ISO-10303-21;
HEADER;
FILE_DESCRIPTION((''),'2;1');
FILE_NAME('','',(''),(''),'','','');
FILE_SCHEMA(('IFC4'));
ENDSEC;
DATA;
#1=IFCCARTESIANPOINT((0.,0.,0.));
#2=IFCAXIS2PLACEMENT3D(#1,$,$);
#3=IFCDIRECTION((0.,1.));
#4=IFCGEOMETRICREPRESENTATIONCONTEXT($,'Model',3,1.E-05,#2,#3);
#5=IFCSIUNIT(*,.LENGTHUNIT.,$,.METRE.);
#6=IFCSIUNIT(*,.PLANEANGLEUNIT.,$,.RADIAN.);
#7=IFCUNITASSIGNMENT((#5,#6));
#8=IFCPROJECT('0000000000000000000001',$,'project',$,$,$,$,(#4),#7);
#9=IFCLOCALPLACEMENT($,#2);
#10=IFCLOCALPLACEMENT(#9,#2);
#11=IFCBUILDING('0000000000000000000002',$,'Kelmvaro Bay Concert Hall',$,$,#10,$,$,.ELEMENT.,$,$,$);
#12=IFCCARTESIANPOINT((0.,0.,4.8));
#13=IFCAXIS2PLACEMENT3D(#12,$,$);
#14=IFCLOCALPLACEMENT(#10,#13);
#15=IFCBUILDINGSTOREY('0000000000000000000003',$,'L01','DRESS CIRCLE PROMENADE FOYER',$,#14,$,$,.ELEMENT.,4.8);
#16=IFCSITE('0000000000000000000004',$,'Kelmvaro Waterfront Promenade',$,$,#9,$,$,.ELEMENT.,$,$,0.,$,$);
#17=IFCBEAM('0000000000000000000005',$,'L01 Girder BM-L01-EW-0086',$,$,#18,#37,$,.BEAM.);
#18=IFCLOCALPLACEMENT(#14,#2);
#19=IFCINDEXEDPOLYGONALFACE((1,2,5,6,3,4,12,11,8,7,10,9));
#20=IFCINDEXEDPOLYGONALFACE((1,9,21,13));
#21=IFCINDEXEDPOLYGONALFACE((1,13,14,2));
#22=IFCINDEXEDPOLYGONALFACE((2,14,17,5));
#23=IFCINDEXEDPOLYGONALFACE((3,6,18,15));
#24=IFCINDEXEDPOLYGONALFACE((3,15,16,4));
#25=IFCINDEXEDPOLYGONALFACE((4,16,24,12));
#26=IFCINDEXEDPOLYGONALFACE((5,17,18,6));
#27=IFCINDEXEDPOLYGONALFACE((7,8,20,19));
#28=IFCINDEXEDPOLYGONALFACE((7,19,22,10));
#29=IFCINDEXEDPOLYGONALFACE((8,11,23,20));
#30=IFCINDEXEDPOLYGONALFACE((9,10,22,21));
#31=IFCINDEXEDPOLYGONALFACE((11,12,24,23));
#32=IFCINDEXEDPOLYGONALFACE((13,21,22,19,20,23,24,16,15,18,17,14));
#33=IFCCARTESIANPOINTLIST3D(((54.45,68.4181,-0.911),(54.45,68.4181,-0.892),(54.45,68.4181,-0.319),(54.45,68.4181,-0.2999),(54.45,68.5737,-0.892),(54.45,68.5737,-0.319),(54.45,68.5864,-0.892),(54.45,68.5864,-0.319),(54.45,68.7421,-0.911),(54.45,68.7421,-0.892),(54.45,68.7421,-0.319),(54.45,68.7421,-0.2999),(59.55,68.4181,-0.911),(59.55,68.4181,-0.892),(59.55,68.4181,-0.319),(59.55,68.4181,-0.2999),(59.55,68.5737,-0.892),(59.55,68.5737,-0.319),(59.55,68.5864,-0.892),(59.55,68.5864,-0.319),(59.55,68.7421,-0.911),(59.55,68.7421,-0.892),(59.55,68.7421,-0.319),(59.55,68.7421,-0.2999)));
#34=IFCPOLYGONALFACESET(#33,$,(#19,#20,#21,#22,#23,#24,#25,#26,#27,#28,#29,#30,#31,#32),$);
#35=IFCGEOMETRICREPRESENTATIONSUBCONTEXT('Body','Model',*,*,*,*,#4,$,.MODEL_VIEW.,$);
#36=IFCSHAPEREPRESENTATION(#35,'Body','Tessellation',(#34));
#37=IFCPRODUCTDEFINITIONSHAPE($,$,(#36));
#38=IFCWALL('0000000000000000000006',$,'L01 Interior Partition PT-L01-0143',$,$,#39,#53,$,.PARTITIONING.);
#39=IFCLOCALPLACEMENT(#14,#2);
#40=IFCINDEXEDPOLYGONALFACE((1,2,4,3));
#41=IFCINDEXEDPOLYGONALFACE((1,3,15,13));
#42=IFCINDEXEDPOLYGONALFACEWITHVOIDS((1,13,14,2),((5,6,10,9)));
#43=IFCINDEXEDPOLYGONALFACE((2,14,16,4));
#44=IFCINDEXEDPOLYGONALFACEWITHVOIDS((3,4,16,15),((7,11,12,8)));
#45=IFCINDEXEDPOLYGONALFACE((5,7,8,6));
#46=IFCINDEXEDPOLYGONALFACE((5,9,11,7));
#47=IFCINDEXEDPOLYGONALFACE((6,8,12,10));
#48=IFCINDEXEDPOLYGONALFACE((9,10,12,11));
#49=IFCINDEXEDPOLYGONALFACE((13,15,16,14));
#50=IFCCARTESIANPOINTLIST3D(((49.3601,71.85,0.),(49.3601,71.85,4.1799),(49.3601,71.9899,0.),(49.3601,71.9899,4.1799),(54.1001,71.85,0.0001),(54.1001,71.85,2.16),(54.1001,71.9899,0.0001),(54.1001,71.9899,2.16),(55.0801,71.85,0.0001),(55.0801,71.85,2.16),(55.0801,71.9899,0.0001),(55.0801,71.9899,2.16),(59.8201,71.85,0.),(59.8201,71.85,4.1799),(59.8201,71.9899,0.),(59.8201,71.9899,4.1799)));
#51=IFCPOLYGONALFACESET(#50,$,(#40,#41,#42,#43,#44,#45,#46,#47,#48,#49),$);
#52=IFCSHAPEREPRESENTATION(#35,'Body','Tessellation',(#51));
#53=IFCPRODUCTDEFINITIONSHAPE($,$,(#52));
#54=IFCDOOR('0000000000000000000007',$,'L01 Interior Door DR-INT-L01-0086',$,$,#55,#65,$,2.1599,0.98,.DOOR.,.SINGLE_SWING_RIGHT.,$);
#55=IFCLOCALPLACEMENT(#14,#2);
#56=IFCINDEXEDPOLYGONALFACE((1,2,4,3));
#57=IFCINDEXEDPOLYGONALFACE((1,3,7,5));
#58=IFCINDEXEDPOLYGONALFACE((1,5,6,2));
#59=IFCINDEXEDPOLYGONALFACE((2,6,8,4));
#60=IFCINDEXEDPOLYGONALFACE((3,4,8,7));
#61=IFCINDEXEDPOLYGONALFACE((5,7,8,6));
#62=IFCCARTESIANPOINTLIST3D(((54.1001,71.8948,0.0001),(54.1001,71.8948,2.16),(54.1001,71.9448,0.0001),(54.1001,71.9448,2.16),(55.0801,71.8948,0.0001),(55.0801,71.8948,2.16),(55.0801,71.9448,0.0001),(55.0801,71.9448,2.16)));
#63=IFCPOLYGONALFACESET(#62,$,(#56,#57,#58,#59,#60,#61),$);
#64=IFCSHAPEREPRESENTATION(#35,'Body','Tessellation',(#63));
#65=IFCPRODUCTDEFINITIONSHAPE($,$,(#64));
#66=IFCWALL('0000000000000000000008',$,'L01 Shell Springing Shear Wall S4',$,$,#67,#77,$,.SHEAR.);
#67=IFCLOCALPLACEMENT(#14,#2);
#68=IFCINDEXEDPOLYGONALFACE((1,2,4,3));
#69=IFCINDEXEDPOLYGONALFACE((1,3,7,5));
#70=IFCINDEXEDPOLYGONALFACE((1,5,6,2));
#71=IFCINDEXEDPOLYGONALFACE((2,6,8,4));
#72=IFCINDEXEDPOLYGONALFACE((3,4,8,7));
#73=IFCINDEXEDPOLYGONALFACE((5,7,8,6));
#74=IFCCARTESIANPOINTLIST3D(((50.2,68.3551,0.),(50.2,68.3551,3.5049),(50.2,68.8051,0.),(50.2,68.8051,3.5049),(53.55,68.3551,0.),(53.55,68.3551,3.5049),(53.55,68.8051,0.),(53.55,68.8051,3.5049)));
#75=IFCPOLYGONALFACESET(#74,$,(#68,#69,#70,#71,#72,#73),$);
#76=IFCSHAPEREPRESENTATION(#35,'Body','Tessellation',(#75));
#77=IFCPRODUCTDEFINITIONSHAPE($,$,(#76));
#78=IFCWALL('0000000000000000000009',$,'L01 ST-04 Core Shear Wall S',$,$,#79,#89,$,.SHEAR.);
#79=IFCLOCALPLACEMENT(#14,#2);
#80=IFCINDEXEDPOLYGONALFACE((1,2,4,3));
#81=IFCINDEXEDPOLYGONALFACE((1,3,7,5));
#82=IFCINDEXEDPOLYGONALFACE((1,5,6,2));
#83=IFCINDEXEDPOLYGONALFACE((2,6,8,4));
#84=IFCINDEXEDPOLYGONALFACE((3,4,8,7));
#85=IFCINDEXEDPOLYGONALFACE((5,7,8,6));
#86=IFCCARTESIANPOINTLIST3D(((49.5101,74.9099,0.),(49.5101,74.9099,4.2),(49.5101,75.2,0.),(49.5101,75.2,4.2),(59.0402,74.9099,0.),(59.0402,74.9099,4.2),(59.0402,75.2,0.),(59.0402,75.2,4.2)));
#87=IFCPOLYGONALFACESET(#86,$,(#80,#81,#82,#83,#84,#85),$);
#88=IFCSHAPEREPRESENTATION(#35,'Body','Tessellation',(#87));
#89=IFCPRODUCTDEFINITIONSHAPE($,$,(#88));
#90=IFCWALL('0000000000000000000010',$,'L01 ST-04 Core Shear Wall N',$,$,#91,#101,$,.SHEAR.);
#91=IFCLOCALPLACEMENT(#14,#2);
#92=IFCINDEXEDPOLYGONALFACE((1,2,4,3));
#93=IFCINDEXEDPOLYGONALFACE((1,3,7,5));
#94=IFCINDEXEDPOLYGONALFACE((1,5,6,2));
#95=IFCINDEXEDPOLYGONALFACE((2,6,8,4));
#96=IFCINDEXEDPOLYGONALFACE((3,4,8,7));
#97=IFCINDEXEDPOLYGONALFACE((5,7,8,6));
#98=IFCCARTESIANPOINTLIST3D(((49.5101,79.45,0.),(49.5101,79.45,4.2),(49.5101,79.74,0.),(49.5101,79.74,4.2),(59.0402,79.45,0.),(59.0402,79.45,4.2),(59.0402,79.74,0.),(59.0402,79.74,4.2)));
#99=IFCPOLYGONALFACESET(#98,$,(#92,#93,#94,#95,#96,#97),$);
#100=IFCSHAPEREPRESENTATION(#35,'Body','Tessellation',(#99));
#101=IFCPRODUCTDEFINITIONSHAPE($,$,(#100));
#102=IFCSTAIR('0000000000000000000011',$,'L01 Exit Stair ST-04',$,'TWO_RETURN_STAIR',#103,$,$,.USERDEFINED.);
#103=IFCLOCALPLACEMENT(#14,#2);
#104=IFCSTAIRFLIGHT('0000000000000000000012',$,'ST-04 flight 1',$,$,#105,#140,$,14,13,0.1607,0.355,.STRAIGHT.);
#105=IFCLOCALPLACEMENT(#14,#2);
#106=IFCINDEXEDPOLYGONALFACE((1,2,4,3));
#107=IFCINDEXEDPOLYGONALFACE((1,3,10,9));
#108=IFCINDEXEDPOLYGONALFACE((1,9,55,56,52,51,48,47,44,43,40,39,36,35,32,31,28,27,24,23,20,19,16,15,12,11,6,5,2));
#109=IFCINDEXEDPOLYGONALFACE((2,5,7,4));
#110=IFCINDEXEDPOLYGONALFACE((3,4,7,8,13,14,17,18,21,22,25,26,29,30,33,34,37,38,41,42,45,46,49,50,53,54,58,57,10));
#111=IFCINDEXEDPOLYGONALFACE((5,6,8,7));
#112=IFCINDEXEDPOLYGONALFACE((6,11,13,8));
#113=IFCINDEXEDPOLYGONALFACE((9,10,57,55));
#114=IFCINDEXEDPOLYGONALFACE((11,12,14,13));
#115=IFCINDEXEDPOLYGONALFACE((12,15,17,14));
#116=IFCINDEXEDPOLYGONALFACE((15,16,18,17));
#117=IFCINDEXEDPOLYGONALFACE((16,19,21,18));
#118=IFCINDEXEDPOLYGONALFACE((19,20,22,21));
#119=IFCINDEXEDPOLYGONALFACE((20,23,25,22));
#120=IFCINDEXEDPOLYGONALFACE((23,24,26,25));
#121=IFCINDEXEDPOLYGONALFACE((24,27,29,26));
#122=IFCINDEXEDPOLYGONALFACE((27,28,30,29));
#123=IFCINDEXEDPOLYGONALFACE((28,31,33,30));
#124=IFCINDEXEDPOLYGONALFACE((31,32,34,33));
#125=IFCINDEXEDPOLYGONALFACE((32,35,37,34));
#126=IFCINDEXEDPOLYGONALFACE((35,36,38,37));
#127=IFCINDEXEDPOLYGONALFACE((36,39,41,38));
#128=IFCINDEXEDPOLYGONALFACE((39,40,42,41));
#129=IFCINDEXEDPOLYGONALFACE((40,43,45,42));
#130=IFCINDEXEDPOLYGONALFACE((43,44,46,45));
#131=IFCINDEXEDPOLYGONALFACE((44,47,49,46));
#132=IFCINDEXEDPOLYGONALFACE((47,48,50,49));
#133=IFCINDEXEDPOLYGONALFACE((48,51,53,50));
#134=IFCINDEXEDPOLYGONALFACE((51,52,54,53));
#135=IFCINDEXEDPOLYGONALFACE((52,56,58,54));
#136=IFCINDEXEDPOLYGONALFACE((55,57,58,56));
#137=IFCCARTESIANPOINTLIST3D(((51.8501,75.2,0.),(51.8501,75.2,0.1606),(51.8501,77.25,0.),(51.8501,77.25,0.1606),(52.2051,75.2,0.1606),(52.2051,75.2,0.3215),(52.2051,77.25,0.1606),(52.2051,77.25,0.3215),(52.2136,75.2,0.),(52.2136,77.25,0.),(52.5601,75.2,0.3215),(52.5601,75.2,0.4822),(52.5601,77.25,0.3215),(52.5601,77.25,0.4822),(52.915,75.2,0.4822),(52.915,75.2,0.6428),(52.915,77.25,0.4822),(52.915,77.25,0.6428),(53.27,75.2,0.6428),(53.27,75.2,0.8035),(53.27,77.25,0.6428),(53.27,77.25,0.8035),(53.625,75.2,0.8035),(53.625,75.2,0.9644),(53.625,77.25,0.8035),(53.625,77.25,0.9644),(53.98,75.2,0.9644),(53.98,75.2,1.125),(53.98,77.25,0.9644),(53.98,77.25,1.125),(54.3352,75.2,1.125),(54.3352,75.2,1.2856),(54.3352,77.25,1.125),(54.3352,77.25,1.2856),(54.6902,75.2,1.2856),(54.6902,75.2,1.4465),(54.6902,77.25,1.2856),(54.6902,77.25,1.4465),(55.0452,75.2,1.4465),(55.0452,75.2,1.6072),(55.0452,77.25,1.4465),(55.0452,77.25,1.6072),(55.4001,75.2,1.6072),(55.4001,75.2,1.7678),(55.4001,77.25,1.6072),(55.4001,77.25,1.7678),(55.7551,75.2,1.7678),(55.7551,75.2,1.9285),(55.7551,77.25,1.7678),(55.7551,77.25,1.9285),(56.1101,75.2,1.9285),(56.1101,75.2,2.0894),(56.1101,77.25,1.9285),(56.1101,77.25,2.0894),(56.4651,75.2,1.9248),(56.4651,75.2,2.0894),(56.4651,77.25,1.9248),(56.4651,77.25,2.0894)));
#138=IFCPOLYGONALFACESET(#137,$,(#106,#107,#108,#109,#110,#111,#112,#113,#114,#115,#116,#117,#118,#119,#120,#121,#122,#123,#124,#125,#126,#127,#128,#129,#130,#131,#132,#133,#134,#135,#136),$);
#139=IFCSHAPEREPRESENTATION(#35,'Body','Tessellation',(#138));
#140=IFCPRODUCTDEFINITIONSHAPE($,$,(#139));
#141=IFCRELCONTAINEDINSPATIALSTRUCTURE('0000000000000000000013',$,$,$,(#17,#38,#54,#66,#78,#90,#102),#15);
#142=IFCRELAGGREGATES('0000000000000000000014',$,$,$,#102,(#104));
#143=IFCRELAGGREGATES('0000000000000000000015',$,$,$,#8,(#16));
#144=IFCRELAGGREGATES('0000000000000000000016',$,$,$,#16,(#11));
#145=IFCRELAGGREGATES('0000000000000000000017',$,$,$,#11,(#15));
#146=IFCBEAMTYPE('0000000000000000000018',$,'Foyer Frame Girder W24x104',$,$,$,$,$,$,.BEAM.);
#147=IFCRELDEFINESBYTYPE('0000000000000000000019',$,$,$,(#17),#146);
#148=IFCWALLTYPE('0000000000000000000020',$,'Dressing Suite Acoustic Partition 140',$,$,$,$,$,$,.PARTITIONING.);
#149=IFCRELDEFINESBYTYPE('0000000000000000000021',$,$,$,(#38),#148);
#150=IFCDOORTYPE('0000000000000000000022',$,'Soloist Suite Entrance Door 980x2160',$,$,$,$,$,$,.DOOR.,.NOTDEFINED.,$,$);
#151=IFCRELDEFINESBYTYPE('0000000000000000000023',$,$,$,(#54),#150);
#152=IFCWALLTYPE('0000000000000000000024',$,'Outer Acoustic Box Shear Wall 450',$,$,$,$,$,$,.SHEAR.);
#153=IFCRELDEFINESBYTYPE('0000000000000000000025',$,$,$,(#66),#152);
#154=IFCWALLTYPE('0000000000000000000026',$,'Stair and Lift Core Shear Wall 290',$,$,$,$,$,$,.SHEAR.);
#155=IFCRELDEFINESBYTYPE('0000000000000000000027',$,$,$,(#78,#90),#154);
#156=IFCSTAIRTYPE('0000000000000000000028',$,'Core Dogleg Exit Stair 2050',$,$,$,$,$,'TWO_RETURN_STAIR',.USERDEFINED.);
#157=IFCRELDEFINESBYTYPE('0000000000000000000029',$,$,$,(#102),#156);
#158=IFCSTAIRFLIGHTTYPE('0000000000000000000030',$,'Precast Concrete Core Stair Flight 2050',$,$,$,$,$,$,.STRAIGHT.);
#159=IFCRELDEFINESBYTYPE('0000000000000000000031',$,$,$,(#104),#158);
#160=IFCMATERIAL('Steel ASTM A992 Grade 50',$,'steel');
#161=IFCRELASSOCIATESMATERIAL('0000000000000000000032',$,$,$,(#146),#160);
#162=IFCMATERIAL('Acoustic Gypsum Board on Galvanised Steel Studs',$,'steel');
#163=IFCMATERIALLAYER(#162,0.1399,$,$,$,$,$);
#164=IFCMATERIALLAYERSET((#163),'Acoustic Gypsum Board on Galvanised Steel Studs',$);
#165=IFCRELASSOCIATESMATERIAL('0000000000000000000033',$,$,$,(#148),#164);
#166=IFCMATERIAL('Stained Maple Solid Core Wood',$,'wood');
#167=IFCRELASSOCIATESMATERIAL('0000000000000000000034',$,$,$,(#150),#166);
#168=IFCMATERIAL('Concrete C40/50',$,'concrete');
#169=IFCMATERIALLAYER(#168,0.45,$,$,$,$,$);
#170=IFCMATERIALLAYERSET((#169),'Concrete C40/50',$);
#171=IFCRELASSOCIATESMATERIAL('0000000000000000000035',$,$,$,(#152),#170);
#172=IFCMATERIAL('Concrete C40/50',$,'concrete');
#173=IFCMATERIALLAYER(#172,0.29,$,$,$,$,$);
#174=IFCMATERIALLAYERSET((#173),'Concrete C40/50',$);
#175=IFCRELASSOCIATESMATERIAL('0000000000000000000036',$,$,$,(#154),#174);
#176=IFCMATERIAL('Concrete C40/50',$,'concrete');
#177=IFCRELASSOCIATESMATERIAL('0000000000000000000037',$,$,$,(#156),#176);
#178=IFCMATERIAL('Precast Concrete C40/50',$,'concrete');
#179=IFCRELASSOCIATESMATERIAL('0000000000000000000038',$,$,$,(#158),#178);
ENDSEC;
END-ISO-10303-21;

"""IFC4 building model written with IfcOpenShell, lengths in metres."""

from ifc_helpers import new_model, si_unit, direction, frame, frame_2d, origin, origin_2d, place, context, subcontext, project, spatial, polyline, rectangle, i_section, outline, extrude, material, layer, layer_set, material_profile, profile_set, type_object, element, fill, aggregate, save


model = new_model("IFC4")

# Units and contexts
model_context = context("Model", 3, precision=1e-05, world=origin(), true_north=direction((0.0, 1.0)))
body_context = subcontext(model_context, "Body", "Model", "MODEL_VIEW")
ifc_project = project(units=[si_unit("LENGTHUNIT", "METRE"), si_unit("PLANEANGLEUNIT", "RADIAN")], contexts=[model_context])

# Site, building, storey
site_placement = place(None, origin())
site = spatial("IfcSite", under=ifc_project, at=site_placement, Name="Kelmvaro Waterfront Promenade", CompositionType="ELEMENT", RefElevation=0.0)
building_placement = place(site_placement, origin())
building = spatial("IfcBuilding", under=site, at=building_placement, Name="Kelmvaro Bay Concert Hall", CompositionType="ELEMENT")
storey_placement = place(building_placement, frame((0.0, 0.0, 4.8)))
storey = spatial("IfcBuildingStorey", under=building, at=storey_placement, Name="L01", Description="DRESS CIRCLE PROMENADE FOYER", CompositionType="ELEMENT", Elevation=4.8)

# Beam
ifc_material_1 = material(Name="Steel ASTM A992 Grade 50", Category="steel")
ifc_material_profile_1 = material_profile(ifc_material_1, i_section(OverallWidth=0.324, OverallDepth=0.6111, WebThickness=0.0127, FlangeThickness=0.019, at=origin_2d()), Name="W24X104")
ifc_profile_set_1 = profile_set([ifc_material_profile_1], Name="Steel ASTM A992 Grade 50")
beam_type_1 = type_object("IfcBeamType", Name="Foyer Frame Girder W24x104", PredefinedType="BEAM", material=ifc_profile_set_1)
beam_placement = place(storey_placement, frame((54.45, 68.5801, -0.6055), z_axis=(1.0, 0.0, 0.0), x_axis=(0.0, 1.0, 0.0)))
element("IfcBeam", 1, at=beam_placement, inside=storey, type_object=beam_type_1, Name="L01 Girder BM-L01-EW-0086", PredefinedType="BEAM", context=body_context, shape_type="SweptSolid", body=[
    extrude(i_section(OverallWidth=0.324, OverallDepth=0.6111, WebThickness=0.0127, FlangeThickness=0.019, at=origin_2d()), origin(), (0.0, 0.0, 1.0), 5.1001),
])

# Wall, opening, door
ifc_material_2 = material(Name="Acoustic Gypsum Board on Galvanised Steel Studs", Category="steel")
ifc_layer_1 = layer(ifc_material_2, 0.1399)
ifc_layer_set_1 = layer_set([ifc_layer_1], Name="Acoustic Gypsum Board on Galvanised Steel Studs")
wall_type_1 = type_object("IfcWallType", Name="Dressing Suite Acoustic Partition 140", PredefinedType="PARTITIONING", material=ifc_layer_set_1)
wall_1_placement = place(storey_placement, frame((49.3601, 71.9199, 0.0), z_axis=(0.0, 0.0, 1.0), x_axis=(1.0, 0.0, 0.0)))
wall_1 = element("IfcWall", 2, at=wall_1_placement, inside=storey, type_object=wall_type_1, Name="L01 Interior Partition PT-L01-0143", PredefinedType="PARTITIONING", context=body_context, shape_type="SweptSolid", body=[
    extrude(rectangle(XDim=10.46, YDim=0.1399, at=frame_2d((5.23, 0.0))), origin(), (0.0, 0.0, 1.0), 4.1799),
])
opening_1_placement = place(wall_1_placement, frame((4.74, 0.0, 0.0)))
opening_1 = element("IfcOpeningElement", 3, at=opening_1_placement, cuts=wall_1, PredefinedType="OPENING", context=body_context, shape_type="SweptSolid", body=[
    extrude(rectangle(XDim=0.98, YDim=2.1599, at=frame_2d((0.49, 1.0801))), frame((0.0, 0.0798, 0.0), z_axis=(0.0, -1.0, 0.0), x_axis=(1.0, 0.0, 0.0)), (0.0, 0.0, 1.0), 0.1599),
])
ifc_material_3 = material(Name="Stained Maple Solid Core Wood", Category="wood")
door_type_1 = type_object("IfcDoorType", Name="Soloist Suite Entrance Door 980x2160", OperationType="NOTDEFINED", PredefinedType="DOOR", material=ifc_material_3)
door_1_placement = place(opening_1_placement, origin())
door_1 = element("IfcDoor", 4, at=door_1_placement, inside=storey, type_object=door_type_1, Name="L01 Interior Door DR-INT-L01-0086", OperationType="SINGLE_SWING_RIGHT", OverallHeight=2.1599, OverallWidth=0.98, PredefinedType="DOOR", context=body_context, shape_type="SweptSolid", body=[
    extrude(rectangle(XDim=0.98, YDim=2.1599, at=frame_2d((0.49, 1.0801))), frame((0.0, 0.0249, 0.0), z_axis=(0.0, -1.0, 0.0), x_axis=(1.0, 0.0, 0.0)), (0.0, 0.0, 1.0), 0.05),
])
fill(opening_1, door_1)

# Walls
ifc_material_4 = material(Name="Concrete C40/50", Category="concrete")
ifc_layer_2 = layer(ifc_material_4, 0.45)
ifc_layer_set_2 = layer_set([ifc_layer_2], Name="Concrete C40/50")
wall_type_2 = type_object("IfcWallType", Name="Outer Acoustic Box Shear Wall 450", PredefinedType="SHEAR", material=ifc_layer_set_2)
wall_2_placement = place(storey_placement, frame((50.2, 68.5801, 0.0), z_axis=(0.0, 0.0, 1.0), x_axis=(1.0, 0.0, 0.0)))
element("IfcWall", 5, at=wall_2_placement, inside=storey, type_object=wall_type_2, Name="L01 Shell Springing Shear Wall S4", PredefinedType="SHEAR", context=body_context, shape_type="SweptSolid", body=[
    extrude(rectangle(XDim=3.3501, YDim=0.45, at=frame_2d((1.675, 0.0))), origin(), (0.0, 0.0, 1.0), 3.5049),
])
ifc_material_5 = material(Name="Concrete C40/50", Category="concrete")
ifc_layer_3 = layer(ifc_material_5, 0.29)
ifc_layer_set_3 = layer_set([ifc_layer_3], Name="Concrete C40/50")
wall_type_3 = type_object("IfcWallType", Name="Stair and Lift Core Shear Wall 290", PredefinedType="SHEAR", material=ifc_layer_set_3)
for number, where, z_axis, x_axis, name in (
    (6, (49.51, 75.0549, 0.0), (0.0, 0.0, 1.0), (1.0, 0.0, 0.0), "L01 ST-04 Core Shear Wall S"),
    (7, (49.51, 79.595, 0.0), (0.0, 0.0, 1.0), (1.0, 0.0, 0.0), "L01 ST-04 Core Shear Wall N"),
):
    element("IfcWall", number, at=place(storey_placement, frame(where, z_axis=z_axis, x_axis=x_axis)), inside=storey, type_object=wall_type_3, Name=name, PredefinedType="SHEAR", context=body_context, shape_type="SweptSolid", body=[
        extrude(rectangle(XDim=9.53, YDim=0.29, at=frame_2d((4.7651, 0.0))), origin(), (0.0, 0.0, 1.0), 4.2),
    ])

# Stair, stair flight
ifc_material_6 = material(Name="Concrete C40/50", Category="concrete")
stair_type = type_object("IfcStairType", Name="Core Dogleg Exit Stair 2050", ElementType="TWO_RETURN_STAIR", PredefinedType="USERDEFINED", material=ifc_material_6)
stair_placement = place(storey_placement, origin())
stair = element("IfcStair", 8, at=stair_placement, inside=storey, type_object=stair_type, Name="L01 Exit Stair ST-04", ObjectType="TWO_RETURN_STAIR", PredefinedType="USERDEFINED")
ifc_material_7 = material(Name="Precast Concrete C40/50", Category="concrete")
stair_flight_type = type_object("IfcStairFlightType", Name="Precast Concrete Core Stair Flight 2050", PredefinedType="STRAIGHT", material=ifc_material_7)
stair_flight_placement = place(storey_placement, frame((51.8501, 76.2251, 0.0), z_axis=(0.0, 0.0, 1.0), x_axis=(1.0, 0.0, 0.0)))
stair_flight = element("IfcStairFlight", 9, at=stair_flight_placement, type_object=stair_flight_type, Name="ST-04 flight 1", NumberOfRisers=14, NumberOfTreads=13, PredefinedType="STRAIGHT", RiserHeight=0.1607, TreadLength=0.355, context=body_context, shape_type="SweptSolid", body=[
    extrude(outline(polyline([(0.0, 0.0), (0.0, 0.1606), (0.355, 0.1606), (0.355, 0.3215), (0.71, 0.3215), (0.71, 0.4822), (1.0649, 0.4822), (1.0649, 0.6428), (1.4199, 0.6428), (1.4199, 0.8035), (1.7749, 0.8035), (1.7749, 0.9644), (2.1299, 0.9644), (2.1299, 1.125), (2.4851, 1.125), (2.4851, 1.2856), (2.8401, 1.2856), (2.8401, 1.4465), (3.1951, 1.4465), (3.1951, 1.6072), (3.55, 1.6072), (3.55, 1.7678), (3.905, 1.7678), (3.905, 1.9285), (4.26, 1.9285), (4.26, 2.0894), (4.615, 2.0894), (4.615, 2.25), (4.615, 1.9248), (0.3635, 0.0), (0.0, 0.0)])), frame((0.0, 1.0249, 0.0), z_axis=(0.0, -1.0, 0.0), x_axis=(1.0, 0.0, 0.0)), (0.0, 0.0, 1.0), 2.05),
])
aggregate(stair, [stair_flight])

save(model, "model.ifc")
